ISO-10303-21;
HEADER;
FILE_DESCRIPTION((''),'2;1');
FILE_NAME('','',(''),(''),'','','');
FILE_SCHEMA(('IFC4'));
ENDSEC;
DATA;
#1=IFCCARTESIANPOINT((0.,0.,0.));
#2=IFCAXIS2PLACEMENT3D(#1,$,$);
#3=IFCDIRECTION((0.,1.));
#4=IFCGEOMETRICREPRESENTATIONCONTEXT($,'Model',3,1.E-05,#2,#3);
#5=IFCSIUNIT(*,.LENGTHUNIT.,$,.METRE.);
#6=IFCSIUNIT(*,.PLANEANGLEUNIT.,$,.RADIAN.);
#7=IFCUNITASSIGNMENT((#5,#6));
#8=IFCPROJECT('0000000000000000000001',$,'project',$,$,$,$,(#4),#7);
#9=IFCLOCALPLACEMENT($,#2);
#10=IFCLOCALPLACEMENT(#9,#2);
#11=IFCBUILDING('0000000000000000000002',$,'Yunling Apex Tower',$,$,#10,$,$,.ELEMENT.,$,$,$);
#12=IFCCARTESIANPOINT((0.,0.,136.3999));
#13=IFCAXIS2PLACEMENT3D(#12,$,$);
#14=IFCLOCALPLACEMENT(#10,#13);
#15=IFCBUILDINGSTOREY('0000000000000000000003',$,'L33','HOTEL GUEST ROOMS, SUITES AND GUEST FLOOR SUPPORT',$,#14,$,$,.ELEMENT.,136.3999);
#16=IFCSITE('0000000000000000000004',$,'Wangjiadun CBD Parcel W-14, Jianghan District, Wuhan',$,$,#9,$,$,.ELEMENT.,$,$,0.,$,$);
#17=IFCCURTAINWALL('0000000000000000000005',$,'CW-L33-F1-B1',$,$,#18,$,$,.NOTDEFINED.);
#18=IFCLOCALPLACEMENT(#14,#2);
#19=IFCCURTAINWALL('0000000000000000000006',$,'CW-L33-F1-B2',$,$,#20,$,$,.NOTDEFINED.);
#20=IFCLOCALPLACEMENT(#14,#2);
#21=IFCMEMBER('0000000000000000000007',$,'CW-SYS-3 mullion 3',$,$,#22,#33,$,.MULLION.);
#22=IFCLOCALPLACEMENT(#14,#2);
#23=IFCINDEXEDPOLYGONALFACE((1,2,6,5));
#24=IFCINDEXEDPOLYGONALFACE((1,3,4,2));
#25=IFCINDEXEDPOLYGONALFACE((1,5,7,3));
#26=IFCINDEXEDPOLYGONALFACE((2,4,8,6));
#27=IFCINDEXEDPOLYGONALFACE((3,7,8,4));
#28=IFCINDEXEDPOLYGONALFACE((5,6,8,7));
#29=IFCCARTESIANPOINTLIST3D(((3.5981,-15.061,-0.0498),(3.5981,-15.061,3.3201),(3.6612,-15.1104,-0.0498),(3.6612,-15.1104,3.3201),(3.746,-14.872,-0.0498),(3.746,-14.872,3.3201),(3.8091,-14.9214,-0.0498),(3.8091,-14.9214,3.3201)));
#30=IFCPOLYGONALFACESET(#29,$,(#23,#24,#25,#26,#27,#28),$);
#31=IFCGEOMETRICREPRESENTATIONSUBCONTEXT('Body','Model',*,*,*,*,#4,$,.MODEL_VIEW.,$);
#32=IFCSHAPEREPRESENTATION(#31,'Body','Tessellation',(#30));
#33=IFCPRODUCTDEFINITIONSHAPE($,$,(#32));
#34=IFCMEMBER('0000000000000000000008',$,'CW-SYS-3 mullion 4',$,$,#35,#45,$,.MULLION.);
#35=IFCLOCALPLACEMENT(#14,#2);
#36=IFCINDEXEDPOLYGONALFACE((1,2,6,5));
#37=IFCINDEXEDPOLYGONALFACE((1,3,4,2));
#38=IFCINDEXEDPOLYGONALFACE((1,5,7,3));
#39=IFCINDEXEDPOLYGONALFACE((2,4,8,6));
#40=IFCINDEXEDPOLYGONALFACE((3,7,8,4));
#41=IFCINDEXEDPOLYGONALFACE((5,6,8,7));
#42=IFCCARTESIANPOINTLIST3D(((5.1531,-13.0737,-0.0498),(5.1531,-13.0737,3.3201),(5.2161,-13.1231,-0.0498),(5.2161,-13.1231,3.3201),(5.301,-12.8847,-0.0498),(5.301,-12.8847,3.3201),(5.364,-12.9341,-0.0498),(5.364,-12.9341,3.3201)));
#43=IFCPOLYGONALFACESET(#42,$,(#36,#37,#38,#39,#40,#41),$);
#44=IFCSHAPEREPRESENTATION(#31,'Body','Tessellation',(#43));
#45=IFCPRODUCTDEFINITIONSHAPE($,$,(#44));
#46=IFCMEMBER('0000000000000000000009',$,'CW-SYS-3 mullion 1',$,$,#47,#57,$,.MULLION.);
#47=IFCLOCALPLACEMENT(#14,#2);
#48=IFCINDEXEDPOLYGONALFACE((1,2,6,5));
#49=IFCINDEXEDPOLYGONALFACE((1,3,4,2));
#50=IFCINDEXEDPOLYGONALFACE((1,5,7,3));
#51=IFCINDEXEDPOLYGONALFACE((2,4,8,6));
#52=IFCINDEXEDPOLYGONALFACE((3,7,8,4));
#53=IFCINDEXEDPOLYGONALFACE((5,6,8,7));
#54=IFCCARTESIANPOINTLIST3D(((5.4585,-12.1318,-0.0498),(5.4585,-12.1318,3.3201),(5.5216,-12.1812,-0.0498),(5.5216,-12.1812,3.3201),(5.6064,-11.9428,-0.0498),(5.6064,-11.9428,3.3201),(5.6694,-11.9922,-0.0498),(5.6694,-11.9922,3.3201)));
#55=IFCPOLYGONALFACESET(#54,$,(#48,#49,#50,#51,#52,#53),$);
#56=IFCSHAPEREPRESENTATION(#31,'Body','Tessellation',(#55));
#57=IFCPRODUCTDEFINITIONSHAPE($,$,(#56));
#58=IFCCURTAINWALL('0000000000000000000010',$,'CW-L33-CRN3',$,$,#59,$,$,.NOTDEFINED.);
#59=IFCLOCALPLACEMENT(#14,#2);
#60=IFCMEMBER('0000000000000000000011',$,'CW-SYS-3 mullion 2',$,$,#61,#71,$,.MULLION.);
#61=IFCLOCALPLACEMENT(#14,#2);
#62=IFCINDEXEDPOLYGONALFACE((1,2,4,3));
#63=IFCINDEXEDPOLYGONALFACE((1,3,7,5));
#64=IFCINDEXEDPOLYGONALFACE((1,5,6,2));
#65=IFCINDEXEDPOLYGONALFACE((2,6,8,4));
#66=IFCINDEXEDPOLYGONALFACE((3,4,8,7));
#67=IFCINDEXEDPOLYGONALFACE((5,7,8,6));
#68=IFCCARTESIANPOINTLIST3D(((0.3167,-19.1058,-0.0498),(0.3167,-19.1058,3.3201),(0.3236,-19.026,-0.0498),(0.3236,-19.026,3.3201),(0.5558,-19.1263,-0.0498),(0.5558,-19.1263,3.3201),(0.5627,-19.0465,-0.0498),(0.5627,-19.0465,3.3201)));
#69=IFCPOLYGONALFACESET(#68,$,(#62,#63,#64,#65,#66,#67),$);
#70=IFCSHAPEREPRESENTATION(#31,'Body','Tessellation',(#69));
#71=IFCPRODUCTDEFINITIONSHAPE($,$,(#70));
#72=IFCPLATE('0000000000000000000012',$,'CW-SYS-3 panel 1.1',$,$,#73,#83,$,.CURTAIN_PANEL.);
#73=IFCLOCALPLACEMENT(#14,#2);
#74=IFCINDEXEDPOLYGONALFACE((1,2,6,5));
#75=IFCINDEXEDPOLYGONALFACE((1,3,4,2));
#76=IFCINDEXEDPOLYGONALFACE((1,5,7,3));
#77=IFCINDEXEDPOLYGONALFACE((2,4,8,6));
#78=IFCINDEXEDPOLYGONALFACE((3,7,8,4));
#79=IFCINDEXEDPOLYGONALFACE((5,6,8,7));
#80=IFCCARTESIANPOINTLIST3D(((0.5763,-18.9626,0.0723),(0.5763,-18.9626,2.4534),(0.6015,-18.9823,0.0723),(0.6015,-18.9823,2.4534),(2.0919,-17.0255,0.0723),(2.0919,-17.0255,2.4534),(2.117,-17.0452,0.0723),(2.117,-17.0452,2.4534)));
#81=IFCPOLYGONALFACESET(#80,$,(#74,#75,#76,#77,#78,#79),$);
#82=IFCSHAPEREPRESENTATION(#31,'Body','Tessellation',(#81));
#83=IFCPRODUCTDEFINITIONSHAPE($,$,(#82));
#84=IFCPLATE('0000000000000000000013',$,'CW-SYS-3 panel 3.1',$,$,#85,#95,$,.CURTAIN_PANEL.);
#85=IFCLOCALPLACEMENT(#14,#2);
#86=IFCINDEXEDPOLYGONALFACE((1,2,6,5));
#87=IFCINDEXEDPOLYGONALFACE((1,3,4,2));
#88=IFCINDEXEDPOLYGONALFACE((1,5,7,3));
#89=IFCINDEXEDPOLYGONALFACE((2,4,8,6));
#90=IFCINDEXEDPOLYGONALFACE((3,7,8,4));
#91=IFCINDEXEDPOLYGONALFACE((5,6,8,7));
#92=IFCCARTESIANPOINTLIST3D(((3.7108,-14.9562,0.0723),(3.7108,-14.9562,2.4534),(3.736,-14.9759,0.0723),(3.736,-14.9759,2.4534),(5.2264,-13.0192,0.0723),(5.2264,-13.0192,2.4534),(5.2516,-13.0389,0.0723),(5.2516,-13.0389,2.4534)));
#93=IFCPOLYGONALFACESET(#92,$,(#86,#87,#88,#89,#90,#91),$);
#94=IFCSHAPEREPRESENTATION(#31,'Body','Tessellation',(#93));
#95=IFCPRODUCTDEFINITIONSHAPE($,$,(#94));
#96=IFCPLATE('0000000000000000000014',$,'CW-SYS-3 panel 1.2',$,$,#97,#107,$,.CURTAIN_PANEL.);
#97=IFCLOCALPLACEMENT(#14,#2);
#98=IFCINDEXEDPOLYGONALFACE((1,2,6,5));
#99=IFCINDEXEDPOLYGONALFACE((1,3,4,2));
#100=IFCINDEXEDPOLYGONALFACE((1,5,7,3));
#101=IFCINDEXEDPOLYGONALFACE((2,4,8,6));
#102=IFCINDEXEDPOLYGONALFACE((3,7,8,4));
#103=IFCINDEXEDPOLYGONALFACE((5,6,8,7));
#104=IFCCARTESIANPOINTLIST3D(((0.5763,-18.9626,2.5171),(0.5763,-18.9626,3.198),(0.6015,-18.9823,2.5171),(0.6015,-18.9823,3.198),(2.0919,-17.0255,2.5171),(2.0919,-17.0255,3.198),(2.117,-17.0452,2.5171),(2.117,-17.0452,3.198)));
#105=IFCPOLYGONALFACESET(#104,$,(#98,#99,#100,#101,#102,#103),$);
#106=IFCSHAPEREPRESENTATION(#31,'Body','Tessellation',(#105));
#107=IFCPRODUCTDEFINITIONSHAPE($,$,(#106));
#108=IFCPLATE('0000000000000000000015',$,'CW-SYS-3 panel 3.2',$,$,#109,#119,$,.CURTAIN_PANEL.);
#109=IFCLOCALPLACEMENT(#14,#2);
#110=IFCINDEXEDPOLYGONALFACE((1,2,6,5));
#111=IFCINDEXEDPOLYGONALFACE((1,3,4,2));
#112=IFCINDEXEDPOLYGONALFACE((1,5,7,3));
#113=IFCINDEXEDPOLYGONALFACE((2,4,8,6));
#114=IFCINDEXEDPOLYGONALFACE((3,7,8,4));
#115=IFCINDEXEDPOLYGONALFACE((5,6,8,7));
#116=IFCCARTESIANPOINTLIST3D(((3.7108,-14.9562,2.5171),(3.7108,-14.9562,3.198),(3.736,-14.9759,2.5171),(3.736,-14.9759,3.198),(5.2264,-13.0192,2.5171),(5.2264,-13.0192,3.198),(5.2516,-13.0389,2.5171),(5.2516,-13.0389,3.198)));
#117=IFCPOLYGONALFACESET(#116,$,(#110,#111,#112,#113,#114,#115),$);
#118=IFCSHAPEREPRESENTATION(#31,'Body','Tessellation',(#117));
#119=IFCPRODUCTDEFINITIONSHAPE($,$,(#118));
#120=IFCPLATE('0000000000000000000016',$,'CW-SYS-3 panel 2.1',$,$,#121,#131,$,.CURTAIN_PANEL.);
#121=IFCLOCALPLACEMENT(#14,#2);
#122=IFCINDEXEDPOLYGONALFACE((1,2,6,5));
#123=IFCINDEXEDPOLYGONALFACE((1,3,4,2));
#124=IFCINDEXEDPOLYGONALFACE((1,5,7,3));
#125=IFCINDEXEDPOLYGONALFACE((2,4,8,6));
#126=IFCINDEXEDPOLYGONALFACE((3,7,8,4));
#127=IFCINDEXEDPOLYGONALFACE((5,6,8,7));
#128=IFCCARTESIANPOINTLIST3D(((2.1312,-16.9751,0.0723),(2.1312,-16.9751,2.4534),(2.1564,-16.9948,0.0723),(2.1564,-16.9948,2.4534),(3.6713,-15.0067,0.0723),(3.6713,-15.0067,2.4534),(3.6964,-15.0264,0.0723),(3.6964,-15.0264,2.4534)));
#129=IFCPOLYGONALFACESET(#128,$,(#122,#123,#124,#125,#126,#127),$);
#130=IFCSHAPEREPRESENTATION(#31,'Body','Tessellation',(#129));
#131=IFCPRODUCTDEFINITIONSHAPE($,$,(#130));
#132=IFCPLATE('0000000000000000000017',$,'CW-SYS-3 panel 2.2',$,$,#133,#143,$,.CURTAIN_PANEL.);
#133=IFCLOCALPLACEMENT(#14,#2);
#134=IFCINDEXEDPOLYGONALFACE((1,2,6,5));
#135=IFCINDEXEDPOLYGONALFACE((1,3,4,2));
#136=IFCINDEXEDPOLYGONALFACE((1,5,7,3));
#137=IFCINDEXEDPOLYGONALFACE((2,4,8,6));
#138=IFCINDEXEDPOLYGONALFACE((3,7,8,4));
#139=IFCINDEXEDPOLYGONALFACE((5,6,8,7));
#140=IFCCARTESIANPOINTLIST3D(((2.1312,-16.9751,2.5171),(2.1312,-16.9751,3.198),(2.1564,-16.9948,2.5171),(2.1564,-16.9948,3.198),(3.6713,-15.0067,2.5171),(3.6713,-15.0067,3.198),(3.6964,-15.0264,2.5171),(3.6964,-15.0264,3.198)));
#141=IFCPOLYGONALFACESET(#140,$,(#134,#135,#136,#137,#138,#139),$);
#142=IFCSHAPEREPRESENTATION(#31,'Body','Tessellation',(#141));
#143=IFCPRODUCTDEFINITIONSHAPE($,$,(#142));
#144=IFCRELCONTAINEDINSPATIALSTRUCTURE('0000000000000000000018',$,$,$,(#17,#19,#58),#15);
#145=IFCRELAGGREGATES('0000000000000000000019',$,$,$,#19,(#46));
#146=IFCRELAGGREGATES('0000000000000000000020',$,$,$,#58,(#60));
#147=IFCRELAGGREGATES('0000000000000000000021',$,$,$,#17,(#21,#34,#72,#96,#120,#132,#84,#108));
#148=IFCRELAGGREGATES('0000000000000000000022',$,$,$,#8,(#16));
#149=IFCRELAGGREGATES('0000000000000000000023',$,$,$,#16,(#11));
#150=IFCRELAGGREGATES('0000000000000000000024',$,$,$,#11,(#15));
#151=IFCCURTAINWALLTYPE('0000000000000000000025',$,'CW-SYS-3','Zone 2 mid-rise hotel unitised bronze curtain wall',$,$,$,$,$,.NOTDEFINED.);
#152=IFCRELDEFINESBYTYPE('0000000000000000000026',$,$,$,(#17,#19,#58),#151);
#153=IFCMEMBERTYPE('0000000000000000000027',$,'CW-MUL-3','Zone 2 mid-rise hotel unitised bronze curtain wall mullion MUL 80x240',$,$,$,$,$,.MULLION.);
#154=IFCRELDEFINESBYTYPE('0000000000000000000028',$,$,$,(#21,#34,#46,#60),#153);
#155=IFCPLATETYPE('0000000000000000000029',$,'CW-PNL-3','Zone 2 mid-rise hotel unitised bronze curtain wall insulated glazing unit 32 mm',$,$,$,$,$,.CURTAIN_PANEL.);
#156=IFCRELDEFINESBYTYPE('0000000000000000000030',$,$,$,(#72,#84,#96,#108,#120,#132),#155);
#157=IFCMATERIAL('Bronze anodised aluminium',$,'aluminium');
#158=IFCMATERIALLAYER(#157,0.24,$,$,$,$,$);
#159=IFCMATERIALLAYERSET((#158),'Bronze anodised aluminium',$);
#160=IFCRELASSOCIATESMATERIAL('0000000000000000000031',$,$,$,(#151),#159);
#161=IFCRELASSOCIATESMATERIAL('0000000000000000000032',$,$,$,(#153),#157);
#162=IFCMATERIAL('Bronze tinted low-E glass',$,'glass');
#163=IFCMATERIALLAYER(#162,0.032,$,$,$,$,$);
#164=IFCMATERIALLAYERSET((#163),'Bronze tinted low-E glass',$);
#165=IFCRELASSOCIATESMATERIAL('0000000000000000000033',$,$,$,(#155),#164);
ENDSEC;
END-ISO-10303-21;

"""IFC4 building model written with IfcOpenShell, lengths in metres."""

from ifc_helpers import new_model, si_unit, direction, frame, origin, origin_2d, place, context, subcontext, project, spatial, rectangle, extrude, source, transform, mapped, material, layer, layer_set, material_profile, profile_set, type_object, element, aggregate, save


model = new_model("IFC4")

# Units and contexts
model_context = context("Model", 3, precision=1e-05, world=origin(), true_north=direction((0.0, 1.0)))
body_context = subcontext(model_context, "Body", "Model", "MODEL_VIEW")
ifc_project = project(units=[si_unit("LENGTHUNIT", "METRE"), si_unit("PLANEANGLEUNIT", "RADIAN")], contexts=[model_context])

# Site, building, storey
site_placement = place(None, origin())
site = spatial("IfcSite", under=ifc_project, at=site_placement, Name="Wangjiadun CBD Parcel W-14, Jianghan District, Wuhan", CompositionType="ELEMENT", RefElevation=0.0)
building_placement = place(site_placement, origin())
building = spatial("IfcBuilding", under=site, at=building_placement, Name="Yunling Apex Tower", CompositionType="ELEMENT")
storey_placement = place(building_placement, frame((0.0, 0.0, 136.3999)))
storey = spatial("IfcBuildingStorey", under=building, at=storey_placement, Name="L33", Description="HOTEL GUEST ROOMS, SUITES AND GUEST FLOOR SUPPORT", CompositionType="ELEMENT", Elevation=136.3999)

# Curtain walls
ifc_material_1 = material(Name="Bronze anodised aluminium", Category="aluminium")
ifc_layer_1 = layer(ifc_material_1, 0.24)
ifc_layer_set_1 = layer_set([ifc_layer_1], Name="Bronze anodised aluminium")
curtain_wall_type = type_object("IfcCurtainWallType", Name="CW-SYS-3", Description="Zone 2 mid-rise hotel unitised bronze curtain wall", PredefinedType="NOTDEFINED", material=ifc_layer_set_1)
curtain_wall_1_placement = place(storey_placement, origin())
curtain_wall_1 = element("IfcCurtainWall", 1, at=curtain_wall_1_placement, inside=storey, type_object=curtain_wall_type, Name="CW-L33-F1-B1", PredefinedType="NOTDEFINED")
curtain_wall_2_placement = place(storey_placement, origin())
curtain_wall_2 = element("IfcCurtainWall", 2, at=curtain_wall_2_placement, inside=storey, type_object=curtain_wall_type, Name="CW-L33-F1-B2", PredefinedType="NOTDEFINED")

# Members
ifc_material_profile_1 = material_profile(ifc_material_1, rectangle(XDim=0.0801, YDim=0.24, at=origin_2d()))
ifc_profile_set_1 = profile_set([ifc_material_profile_1], Name="Bronze anodised aluminium")
member_type_1 = type_object("IfcMemberType", Name="CW-MUL-3", Description="Zone 2 mid-rise hotel unitised bronze curtain wall mullion MUL 80x240", PredefinedType="MULLION", material=ifc_profile_set_1)
shared_shape_1 = source(origin(), body_context, "Body", "SweptSolid", [
    extrude(rectangle(XDim=0.0801, YDim=0.24, at=origin_2d()), origin(), (0.0, 0.0, 1.0), 3.3699),
])
member_1_placement = place(storey_placement, frame((3.7036, -14.9912, -0.0498), z_axis=(0.0, 0.0, 1.0), x_axis=(-0.787584, 0.616208, 0.0)))
member_1 = element("IfcMember", 3, at=member_1_placement, type_object=member_type_1, Name="CW-SYS-3 mullion 3", PredefinedType="MULLION", context=body_context, shape_type="MappedRepresentation", body=[
    mapped(shared_shape_1, transform((0.0, 0.0, 0.0), scale=1.0)),
])
member_2_placement = place(storey_placement, frame((5.2585, -13.0039, -0.0498), z_axis=(0.0, 0.0, 1.0), x_axis=(-0.787584, 0.616208, 0.0)))
member_2 = element("IfcMember", 4, at=member_2_placement, type_object=member_type_1, Name="CW-SYS-3 mullion 4", PredefinedType="MULLION", context=body_context, shape_type="MappedRepresentation", body=[
    mapped(shared_shape_1, transform((0.0, 0.0, 0.0), scale=1.0)),
])
member_3_placement = place(storey_placement, frame((5.564, -12.062, -0.0498), z_axis=(0.0, 0.0, 1.0), x_axis=(-0.78759, 0.616199, 0.0)))
member_3 = element("IfcMember", 5, at=member_3_placement, type_object=member_type_1, Name="CW-SYS-3 mullion 1", PredefinedType="MULLION", context=body_context, shape_type="MappedRepresentation", body=[
    mapped(shared_shape_1, transform((0.0, 0.0, 0.0), scale=1.0)),
])
aggregate(curtain_wall_2, [member_3])

# Curtain wall, member
curtain_wall_3_placement = place(storey_placement, origin())
curtain_wall_3 = element("IfcCurtainWall", 6, at=curtain_wall_3_placement, inside=storey, type_object=curtain_wall_type, Name="CW-L33-CRN3", PredefinedType="NOTDEFINED")
member_4_placement = place(storey_placement, frame((0.4397, -19.0762, -0.0498), z_axis=(0.0, 0.0, 1.0), x_axis=(0.08555, 0.996334, 0.0)))
member_4 = element("IfcMember", 7, at=member_4_placement, type_object=member_type_1, Name="CW-SYS-3 mullion 2", PredefinedType="MULLION", context=body_context, shape_type="MappedRepresentation", body=[
    mapped(shared_shape_1, transform((0.0, 0.0, 0.0), scale=1.0)),
])
aggregate(curtain_wall_3, [member_4])

# Plates
ifc_material_2 = material(Name="Bronze tinted low-E glass", Category="glass")
ifc_layer_2 = layer(ifc_material_2, 0.032)
ifc_layer_set_2 = layer_set([ifc_layer_2], Name="Bronze tinted low-E glass")
plate_type = type_object("IfcPlateType", Name="CW-PNL-3", Description="Zone 2 mid-rise hotel unitised bronze curtain wall insulated glazing unit 32 mm", PredefinedType="CURTAIN_PANEL", material=ifc_layer_set_2)
shared_shape_2 = source(origin(), body_context, "Body", "SweptSolid", [
    extrude(rectangle(XDim=2.4595, YDim=0.032, at=origin_2d()), origin(), (0.0, 0.0, 1.0), 2.3811),
])
plate_1_placement = place(storey_placement, frame((1.3467, -18.0039, 0.0723), z_axis=(0.0, 0.0, 1.0), x_axis=(0.616208, 0.787584, 0.0)))
plate_1 = element("IfcPlate", 8, at=plate_1_placement, type_object=plate_type, Name="CW-SYS-3 panel 1.1", PredefinedType="CURTAIN_PANEL", context=body_context, shape_type="MappedRepresentation", body=[
    mapped(shared_shape_2, transform((0.0, 0.0, 0.0), scale=1.0)),
])
plate_2_placement = place(storey_placement, frame((4.4812, -13.9976, 0.0723), z_axis=(0.0, 0.0, 1.0), x_axis=(0.616208, 0.787584, 0.0)))
plate_2 = element("IfcPlate", 9, at=plate_2_placement, type_object=plate_type, Name="CW-SYS-3 panel 3.1", PredefinedType="CURTAIN_PANEL", context=body_context, shape_type="MappedRepresentation", body=[
    mapped(shared_shape_2, transform((0.0, 0.0, 0.0), scale=1.0)),
])
shared_shape_3 = source(origin(), body_context, "Body", "SweptSolid", [
    extrude(rectangle(XDim=2.4595, YDim=0.032, at=origin_2d()), origin(), (0.0, 0.0, 1.0), 0.6809),
])
plate_3_placement = place(storey_placement, frame((1.3467, -18.0039, 2.5171), z_axis=(0.0, 0.0, 1.0), x_axis=(0.616208, 0.787584, 0.0)))
plate_3 = element("IfcPlate", 10, at=plate_3_placement, type_object=plate_type, Name="CW-SYS-3 panel 1.2", PredefinedType="CURTAIN_PANEL", context=body_context, shape_type="MappedRepresentation", body=[
    mapped(shared_shape_3, transform((0.0, 0.0, 0.0), scale=1.0)),
])
plate_4_placement = place(storey_placement, frame((4.4812, -13.9976, 2.5171), z_axis=(0.0, 0.0, 1.0), x_axis=(0.616208, 0.787584, 0.0)))
plate_4 = element("IfcPlate", 11, at=plate_4_placement, type_object=plate_type, Name="CW-SYS-3 panel 3.2", PredefinedType="CURTAIN_PANEL", context=body_context, shape_type="MappedRepresentation", body=[
    mapped(shared_shape_3, transform((0.0, 0.0, 0.0), scale=1.0)),
])
shared_shape_4 = source(origin(), body_context, "Body", "SweptSolid", [
    extrude(rectangle(XDim=2.4993, YDim=0.032, at=origin_2d()), origin(), (0.0, 0.0, 1.0), 2.3811),
])
plate_5_placement = place(storey_placement, frame((2.9138, -16.0007, 0.0723), z_axis=(0.0, 0.0, 1.0), x_axis=(0.616208, 0.787584, 0.0)))
plate_5 = element("IfcPlate", 12, at=plate_5_placement, type_object=plate_type, Name="CW-SYS-3 panel 2.1", PredefinedType="CURTAIN_PANEL", context=body_context, shape_type="MappedRepresentation", body=[
    mapped(shared_shape_4, transform((0.0, 0.0, 0.0), scale=1.0)),
])
shared_shape_5 = source(origin(), body_context, "Body", "SweptSolid", [
    extrude(rectangle(XDim=2.4993, YDim=0.032, at=origin_2d()), origin(), (0.0, 0.0, 1.0), 0.6809),
])
plate_6_placement = place(storey_placement, frame((2.9138, -16.0007, 2.5171), z_axis=(0.0, 0.0, 1.0), x_axis=(0.616208, 0.787584, 0.0)))
plate_6 = element("IfcPlate", 13, at=plate_6_placement, type_object=plate_type, Name="CW-SYS-3 panel 2.2", PredefinedType="CURTAIN_PANEL", context=body_context, shape_type="MappedRepresentation", body=[
    mapped(shared_shape_5, transform((0.0, 0.0, 0.0), scale=1.0)),
])
aggregate(curtain_wall_1, [member_1, member_2, plate_1, plate_3, plate_5, plate_6, plate_2, plate_4])

save(model, "model.ifc")
